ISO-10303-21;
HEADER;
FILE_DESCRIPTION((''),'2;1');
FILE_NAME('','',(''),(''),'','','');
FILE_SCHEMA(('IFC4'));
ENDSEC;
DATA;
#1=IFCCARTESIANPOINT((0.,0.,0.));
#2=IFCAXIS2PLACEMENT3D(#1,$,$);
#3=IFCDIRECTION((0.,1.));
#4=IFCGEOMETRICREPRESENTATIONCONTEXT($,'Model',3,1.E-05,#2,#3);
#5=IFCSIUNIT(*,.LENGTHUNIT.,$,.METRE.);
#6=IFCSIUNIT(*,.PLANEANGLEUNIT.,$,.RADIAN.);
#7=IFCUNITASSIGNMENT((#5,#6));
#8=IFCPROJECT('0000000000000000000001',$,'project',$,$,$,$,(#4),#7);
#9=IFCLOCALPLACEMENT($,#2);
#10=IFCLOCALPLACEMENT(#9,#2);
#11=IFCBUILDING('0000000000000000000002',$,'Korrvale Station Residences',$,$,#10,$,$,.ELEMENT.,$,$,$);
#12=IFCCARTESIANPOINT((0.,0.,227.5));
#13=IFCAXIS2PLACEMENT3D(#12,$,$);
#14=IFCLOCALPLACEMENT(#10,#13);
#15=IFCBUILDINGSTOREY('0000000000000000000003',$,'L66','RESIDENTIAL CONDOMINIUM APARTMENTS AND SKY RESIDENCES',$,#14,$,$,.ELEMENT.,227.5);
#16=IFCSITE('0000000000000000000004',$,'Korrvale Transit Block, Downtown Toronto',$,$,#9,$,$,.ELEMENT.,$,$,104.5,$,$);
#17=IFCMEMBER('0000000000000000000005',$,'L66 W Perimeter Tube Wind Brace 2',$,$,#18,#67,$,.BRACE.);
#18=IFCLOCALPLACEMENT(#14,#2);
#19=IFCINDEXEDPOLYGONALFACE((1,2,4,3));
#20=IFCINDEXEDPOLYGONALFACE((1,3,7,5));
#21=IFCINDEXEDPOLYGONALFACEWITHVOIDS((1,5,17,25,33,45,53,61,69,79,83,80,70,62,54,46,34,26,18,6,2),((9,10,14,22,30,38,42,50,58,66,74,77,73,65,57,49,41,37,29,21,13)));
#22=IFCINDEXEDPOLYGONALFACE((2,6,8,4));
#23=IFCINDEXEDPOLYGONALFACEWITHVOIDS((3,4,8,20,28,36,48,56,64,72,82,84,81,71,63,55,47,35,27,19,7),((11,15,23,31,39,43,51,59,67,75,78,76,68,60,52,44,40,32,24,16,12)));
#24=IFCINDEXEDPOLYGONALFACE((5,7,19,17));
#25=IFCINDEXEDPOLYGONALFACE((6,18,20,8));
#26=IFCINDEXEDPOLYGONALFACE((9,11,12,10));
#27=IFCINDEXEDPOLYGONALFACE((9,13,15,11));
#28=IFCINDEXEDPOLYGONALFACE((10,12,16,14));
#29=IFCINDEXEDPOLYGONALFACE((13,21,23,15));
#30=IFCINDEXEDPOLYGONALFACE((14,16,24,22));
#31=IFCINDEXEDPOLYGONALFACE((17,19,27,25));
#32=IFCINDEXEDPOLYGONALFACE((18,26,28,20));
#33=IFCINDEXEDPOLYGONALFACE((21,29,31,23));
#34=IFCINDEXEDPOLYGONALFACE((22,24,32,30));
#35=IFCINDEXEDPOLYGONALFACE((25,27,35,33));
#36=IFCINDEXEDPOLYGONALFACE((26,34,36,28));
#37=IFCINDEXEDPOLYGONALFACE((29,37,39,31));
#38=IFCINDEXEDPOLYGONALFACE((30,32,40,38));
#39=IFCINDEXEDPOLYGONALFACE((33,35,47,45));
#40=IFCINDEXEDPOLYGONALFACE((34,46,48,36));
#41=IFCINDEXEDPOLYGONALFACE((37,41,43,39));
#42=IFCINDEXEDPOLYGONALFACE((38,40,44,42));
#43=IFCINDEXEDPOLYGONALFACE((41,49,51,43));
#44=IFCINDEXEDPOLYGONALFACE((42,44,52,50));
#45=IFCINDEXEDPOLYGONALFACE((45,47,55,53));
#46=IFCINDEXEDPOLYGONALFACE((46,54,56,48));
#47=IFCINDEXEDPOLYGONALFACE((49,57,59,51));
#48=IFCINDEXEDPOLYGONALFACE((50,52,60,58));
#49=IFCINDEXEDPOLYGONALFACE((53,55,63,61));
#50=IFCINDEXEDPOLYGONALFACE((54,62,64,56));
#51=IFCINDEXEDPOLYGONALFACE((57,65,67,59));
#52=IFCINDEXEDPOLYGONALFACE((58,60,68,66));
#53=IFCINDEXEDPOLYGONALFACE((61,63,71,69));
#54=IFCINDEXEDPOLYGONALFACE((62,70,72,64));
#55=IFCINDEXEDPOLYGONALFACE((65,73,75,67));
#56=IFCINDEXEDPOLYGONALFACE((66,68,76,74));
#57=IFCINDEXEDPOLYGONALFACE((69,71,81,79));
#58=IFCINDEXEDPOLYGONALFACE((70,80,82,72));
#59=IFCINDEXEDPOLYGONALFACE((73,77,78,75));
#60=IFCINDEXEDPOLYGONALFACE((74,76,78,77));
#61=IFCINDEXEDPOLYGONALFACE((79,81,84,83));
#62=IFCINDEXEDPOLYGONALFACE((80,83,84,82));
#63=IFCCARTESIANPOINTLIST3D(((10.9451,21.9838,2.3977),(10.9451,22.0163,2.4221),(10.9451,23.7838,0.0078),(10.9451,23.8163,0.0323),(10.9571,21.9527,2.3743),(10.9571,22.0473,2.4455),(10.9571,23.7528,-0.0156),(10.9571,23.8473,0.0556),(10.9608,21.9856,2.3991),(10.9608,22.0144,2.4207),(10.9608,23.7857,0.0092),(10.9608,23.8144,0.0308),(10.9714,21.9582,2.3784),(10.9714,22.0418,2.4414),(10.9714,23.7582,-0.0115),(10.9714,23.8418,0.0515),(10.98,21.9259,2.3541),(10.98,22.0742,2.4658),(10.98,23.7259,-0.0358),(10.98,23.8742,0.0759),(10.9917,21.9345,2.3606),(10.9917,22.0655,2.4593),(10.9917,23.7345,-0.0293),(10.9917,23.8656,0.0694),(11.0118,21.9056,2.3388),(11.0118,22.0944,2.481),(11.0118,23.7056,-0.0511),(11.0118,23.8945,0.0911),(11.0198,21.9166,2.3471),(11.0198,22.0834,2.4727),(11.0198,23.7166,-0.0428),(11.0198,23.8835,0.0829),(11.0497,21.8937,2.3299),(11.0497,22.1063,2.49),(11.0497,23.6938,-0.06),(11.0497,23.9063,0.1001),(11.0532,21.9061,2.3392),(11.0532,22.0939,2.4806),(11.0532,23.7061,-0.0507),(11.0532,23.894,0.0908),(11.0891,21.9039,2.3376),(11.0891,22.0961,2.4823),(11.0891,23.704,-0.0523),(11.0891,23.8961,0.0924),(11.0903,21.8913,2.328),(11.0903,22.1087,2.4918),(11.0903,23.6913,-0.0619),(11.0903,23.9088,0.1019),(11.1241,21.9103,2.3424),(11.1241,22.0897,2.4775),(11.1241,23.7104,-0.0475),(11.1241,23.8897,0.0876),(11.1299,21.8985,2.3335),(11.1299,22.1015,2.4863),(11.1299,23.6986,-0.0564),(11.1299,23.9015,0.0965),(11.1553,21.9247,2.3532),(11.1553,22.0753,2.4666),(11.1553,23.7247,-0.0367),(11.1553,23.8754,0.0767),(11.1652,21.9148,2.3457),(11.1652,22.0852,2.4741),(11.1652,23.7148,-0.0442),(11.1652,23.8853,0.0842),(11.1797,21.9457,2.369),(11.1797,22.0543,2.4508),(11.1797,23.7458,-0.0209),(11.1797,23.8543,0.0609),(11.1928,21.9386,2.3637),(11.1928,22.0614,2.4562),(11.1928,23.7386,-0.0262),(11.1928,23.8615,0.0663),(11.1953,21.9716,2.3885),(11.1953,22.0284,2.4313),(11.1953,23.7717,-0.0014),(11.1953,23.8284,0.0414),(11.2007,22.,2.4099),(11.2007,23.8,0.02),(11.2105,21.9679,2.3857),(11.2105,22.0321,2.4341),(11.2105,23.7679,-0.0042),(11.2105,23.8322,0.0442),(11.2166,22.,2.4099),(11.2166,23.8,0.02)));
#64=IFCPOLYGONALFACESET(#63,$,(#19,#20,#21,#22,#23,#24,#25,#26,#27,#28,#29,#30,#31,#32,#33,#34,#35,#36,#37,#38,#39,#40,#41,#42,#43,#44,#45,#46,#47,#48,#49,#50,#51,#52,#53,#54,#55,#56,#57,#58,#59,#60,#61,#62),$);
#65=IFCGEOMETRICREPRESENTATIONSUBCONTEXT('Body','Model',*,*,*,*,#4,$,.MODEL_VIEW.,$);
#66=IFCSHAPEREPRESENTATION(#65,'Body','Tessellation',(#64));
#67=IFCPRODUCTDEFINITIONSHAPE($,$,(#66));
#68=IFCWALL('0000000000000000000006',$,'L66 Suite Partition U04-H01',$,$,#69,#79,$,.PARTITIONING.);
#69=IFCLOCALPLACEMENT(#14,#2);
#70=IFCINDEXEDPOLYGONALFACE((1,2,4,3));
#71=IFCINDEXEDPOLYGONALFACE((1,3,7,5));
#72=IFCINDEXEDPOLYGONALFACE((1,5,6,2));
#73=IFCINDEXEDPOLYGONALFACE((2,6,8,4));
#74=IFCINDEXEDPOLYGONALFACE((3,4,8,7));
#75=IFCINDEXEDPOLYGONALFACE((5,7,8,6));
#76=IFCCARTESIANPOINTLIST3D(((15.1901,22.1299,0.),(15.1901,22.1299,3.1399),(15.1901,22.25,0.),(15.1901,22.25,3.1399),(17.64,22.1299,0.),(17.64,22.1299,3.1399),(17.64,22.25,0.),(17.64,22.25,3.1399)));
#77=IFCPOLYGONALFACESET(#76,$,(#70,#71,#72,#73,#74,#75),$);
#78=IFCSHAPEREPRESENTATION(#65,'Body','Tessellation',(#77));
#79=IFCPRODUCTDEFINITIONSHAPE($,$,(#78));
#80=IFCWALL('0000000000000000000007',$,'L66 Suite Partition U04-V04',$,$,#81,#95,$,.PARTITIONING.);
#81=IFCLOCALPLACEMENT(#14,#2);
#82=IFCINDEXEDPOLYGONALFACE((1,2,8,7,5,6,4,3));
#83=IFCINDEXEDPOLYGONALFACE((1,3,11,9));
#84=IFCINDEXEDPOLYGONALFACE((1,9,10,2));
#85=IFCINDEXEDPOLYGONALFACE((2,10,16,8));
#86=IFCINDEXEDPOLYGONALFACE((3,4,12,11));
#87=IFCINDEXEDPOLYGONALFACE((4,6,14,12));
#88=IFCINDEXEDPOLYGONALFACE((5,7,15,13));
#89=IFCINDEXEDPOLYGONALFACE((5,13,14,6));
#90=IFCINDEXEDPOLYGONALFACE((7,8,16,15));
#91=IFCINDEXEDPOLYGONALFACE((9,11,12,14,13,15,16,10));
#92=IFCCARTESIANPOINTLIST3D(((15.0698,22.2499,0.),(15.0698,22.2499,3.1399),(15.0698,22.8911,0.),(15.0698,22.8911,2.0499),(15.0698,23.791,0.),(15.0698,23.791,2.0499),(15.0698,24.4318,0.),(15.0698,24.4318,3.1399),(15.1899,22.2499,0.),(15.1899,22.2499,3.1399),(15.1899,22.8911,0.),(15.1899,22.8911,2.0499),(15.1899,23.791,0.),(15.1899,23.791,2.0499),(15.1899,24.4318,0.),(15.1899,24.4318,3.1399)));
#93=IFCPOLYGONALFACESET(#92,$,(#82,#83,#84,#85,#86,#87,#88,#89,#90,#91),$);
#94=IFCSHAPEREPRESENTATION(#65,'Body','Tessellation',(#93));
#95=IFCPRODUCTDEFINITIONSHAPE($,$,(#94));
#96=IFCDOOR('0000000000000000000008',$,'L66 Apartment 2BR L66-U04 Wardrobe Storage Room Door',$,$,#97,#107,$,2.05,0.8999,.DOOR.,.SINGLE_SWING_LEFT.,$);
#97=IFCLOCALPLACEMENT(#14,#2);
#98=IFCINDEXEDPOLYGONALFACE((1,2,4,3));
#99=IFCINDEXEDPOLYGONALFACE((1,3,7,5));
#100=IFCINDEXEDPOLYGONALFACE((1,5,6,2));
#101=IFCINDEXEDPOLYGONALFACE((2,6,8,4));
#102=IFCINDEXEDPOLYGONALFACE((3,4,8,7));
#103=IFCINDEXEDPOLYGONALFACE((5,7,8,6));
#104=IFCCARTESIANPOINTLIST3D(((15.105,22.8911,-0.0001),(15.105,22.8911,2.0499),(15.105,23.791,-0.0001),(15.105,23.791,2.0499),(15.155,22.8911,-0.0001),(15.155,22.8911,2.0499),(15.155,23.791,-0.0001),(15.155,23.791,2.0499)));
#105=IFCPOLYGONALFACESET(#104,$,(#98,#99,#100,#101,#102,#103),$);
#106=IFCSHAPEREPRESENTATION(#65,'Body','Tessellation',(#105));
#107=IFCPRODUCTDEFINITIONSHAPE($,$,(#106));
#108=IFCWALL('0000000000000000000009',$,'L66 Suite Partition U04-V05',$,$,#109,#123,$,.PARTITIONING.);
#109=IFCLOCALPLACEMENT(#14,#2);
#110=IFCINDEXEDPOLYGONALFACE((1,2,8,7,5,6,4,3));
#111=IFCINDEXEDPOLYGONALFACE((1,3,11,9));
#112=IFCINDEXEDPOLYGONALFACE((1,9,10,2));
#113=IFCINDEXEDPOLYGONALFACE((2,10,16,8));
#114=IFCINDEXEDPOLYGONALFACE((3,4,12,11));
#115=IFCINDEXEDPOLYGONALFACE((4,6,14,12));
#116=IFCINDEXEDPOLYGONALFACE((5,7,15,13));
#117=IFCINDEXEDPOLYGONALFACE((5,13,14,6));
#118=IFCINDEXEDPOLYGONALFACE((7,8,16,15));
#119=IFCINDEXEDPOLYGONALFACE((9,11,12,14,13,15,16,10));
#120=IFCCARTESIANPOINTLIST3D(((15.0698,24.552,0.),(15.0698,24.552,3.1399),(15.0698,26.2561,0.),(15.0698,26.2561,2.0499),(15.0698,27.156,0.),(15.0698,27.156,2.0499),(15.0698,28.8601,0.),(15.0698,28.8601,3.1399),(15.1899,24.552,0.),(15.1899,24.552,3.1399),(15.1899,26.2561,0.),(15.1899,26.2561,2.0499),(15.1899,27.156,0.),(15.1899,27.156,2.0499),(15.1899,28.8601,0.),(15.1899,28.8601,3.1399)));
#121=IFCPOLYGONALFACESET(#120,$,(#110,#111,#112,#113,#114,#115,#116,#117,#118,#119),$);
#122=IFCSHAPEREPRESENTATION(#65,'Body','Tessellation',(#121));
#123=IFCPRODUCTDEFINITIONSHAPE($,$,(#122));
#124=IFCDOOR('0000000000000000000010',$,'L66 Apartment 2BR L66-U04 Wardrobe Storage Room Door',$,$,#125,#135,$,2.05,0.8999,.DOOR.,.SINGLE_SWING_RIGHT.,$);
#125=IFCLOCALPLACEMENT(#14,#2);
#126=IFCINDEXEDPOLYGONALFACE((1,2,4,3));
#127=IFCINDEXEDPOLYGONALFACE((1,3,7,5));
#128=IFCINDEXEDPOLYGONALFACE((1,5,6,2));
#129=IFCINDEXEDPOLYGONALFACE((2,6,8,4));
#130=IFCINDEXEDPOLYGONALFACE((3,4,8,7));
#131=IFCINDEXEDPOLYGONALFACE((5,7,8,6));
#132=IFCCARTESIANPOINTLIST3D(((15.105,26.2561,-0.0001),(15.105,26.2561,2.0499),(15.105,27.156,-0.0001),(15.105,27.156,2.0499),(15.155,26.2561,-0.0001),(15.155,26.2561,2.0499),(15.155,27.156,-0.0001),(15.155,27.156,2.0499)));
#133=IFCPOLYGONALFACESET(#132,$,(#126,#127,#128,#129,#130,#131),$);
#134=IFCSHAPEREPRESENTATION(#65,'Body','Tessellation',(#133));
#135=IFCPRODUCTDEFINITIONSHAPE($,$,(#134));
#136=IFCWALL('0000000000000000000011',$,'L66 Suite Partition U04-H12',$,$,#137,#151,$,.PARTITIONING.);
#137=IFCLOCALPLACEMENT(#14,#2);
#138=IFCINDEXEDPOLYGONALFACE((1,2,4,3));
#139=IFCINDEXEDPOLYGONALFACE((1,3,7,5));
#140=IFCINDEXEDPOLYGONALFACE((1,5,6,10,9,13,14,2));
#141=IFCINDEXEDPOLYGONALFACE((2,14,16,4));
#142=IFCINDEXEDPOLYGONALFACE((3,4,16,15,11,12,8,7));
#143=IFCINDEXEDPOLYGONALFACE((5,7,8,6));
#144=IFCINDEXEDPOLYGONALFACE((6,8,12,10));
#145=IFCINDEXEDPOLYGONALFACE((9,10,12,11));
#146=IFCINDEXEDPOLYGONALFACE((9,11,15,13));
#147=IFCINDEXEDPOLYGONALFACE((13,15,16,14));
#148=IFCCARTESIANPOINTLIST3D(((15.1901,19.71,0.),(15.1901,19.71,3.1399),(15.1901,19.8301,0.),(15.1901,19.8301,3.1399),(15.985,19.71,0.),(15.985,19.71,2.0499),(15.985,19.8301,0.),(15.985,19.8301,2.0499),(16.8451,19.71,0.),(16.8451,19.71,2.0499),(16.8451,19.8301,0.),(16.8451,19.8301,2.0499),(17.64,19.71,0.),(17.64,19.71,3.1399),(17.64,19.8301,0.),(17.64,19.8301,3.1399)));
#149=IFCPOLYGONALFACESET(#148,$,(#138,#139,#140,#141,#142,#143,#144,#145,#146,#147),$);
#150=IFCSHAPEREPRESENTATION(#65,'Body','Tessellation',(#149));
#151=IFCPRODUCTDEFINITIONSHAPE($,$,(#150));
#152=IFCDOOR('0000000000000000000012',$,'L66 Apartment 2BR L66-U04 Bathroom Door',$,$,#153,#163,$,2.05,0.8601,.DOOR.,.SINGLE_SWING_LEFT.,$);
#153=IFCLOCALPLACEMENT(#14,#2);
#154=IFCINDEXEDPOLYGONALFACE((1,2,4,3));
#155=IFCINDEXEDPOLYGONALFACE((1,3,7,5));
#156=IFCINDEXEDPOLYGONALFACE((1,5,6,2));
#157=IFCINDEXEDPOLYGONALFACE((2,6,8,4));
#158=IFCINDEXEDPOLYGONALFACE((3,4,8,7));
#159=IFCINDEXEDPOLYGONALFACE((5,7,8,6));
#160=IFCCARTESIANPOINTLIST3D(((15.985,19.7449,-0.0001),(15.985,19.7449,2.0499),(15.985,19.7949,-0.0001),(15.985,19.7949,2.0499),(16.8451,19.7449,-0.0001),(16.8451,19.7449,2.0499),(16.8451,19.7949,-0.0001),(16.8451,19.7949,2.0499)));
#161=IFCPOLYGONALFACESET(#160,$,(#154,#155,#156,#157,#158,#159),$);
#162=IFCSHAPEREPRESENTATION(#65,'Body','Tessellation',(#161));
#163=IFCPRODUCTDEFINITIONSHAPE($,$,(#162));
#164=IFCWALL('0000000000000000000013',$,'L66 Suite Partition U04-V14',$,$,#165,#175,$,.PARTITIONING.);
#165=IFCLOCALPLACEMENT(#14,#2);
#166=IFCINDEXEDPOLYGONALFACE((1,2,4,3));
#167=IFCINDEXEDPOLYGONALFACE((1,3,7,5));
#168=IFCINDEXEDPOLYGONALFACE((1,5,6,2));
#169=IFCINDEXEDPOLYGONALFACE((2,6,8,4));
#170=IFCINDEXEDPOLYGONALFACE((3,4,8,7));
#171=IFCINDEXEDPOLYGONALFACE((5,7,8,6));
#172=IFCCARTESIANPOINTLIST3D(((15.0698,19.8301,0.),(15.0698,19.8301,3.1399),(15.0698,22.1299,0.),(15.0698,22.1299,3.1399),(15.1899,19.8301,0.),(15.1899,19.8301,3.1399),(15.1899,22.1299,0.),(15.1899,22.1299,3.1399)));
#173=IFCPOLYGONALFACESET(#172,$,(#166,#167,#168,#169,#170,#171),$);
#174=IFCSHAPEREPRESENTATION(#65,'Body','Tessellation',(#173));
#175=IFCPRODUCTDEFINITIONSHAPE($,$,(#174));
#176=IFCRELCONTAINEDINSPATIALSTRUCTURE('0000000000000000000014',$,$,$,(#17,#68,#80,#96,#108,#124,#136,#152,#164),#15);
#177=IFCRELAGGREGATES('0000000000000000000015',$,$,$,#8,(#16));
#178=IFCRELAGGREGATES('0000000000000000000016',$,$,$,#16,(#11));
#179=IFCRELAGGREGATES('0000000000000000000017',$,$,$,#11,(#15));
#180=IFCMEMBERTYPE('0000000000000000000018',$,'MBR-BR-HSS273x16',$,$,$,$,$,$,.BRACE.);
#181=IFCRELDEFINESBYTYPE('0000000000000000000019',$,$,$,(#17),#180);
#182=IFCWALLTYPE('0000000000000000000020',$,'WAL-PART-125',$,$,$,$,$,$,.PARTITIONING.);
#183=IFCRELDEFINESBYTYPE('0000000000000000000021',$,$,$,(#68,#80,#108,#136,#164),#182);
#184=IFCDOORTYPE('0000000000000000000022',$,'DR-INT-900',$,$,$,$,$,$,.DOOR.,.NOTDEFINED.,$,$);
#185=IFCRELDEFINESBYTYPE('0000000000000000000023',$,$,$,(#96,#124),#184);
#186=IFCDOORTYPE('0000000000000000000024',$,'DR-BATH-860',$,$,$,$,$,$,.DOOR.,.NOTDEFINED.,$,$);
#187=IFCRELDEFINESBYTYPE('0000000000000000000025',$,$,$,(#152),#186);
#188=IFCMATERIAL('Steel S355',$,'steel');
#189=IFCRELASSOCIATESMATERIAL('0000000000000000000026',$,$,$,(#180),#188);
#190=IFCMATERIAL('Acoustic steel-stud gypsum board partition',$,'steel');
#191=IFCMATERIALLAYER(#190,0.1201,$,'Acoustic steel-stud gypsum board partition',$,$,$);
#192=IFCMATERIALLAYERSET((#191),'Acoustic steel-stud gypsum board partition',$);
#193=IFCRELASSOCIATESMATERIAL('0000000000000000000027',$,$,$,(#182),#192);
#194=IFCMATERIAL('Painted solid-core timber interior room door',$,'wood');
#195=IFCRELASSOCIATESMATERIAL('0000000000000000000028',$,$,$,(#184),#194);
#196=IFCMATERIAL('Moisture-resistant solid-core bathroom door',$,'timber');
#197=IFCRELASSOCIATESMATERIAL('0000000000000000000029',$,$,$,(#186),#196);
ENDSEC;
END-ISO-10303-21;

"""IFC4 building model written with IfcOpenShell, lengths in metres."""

from ifc_helpers import new_model, si_unit, direction, frame, frame_2d, origin, origin_2d, place, context, subcontext, project, spatial, rectangle, hollow_circle, extrude, material, layer, layer_set, material_profile, profile_set, type_object, element, fill, save


model = new_model("IFC4")

# Units and contexts
model_context = context("Model", 3, precision=1e-05, world=origin(), true_north=direction((0.0, 1.0)))
body_context = subcontext(model_context, "Body", "Model", "MODEL_VIEW")
ifc_project = project(units=[si_unit("LENGTHUNIT", "METRE"), si_unit("PLANEANGLEUNIT", "RADIAN")], contexts=[model_context])

# Site, building, storey
site_placement = place(None, origin())
site = spatial("IfcSite", under=ifc_project, at=site_placement, Name="Korrvale Transit Block, Downtown Toronto", CompositionType="ELEMENT", RefElevation=104.5)
building_placement = place(site_placement, origin())
building = spatial("IfcBuilding", under=site, at=building_placement, Name="Korrvale Station Residences", CompositionType="ELEMENT")
storey_placement = place(building_placement, frame((0.0, 0.0, 227.5)))
storey = spatial("IfcBuildingStorey", under=building, at=storey_placement, Name="L66", Description="RESIDENTIAL CONDOMINIUM APARTMENTS AND SKY RESIDENCES", CompositionType="ELEMENT", Elevation=227.5)

# Shared definitions
ifc_material_1 = material(Name="Steel S355", Category="steel")

# Member
ifc_material_profile_1 = material_profile(ifc_material_1, hollow_circle(Radius=0.1365, WallThickness=0.0159, at=origin_2d()), Name="HSS273x16")
ifc_profile_set_1 = profile_set([ifc_material_profile_1], Name="Steel S355")
member_type = type_object("IfcMemberType", Name="MBR-BR-HSS273x16", PredefinedType="BRACE", material=ifc_profile_set_1)
for number, where, z_axis, x_axis, name in (
    (1, (11.0801, 23.8, 0.02), (0.0, -0.601631, 0.798774), (1.0, 0.0, 0.0), "L66 W Perimeter Tube Wind Brace 2"),
):
    element("IfcMember", number, at=place(storey_placement, frame(where, z_axis=z_axis, x_axis=x_axis)), inside=storey, type_object=member_type, Name=name, PredefinedType="BRACE", context=body_context, shape_type="SweptSolid", body=[
        extrude(hollow_circle(Radius=0.1365, WallThickness=0.0159, at=origin_2d()), origin(), (0.0, 0.0, 1.0), 2.9919),
    ])

# Wall
ifc_material_2 = material(Name="Acoustic steel-stud gypsum board partition", Category="steel")
ifc_layer_1 = layer(ifc_material_2, 0.1201, Name="Acoustic steel-stud gypsum board partition")
ifc_layer_set_1 = layer_set([ifc_layer_1], Name="Acoustic steel-stud gypsum board partition")
wall_type_1 = type_object("IfcWallType", Name="WAL-PART-125", PredefinedType="PARTITIONING", material=ifc_layer_set_1)
wall_1_placement = place(storey_placement, frame((15.1899, 22.1899, 0.0), z_axis=(0.0, 0.0, 1.0), x_axis=(1.0, 0.0, 0.0)))
element("IfcWall", 2, at=wall_1_placement, inside=storey, type_object=wall_type_1, Name="L66 Suite Partition U04-H01", PredefinedType="PARTITIONING", context=body_context, shape_type="SweptSolid", body=[
    extrude(rectangle(XDim=2.45, YDim=0.1201, at=frame_2d((1.2251, 0.0))), origin(), (0.0, 0.0, 1.0), 3.1399),
])

# Walls, openings, doors
wall_2_placement = place(storey_placement, frame((15.1299, 22.25, 0.0), z_axis=(0.0, 0.0, 1.0), x_axis=(0.0, 1.0, 0.0)))
wall_2 = element("IfcWall", 3, at=wall_2_placement, inside=storey, type_object=wall_type_1, Name="L66 Suite Partition U04-V04", PredefinedType="PARTITIONING", context=body_context, shape_type="SweptSolid", body=[
    extrude(rectangle(XDim=2.1819, YDim=0.1201, at=frame_2d((1.0908, 0.0))), origin(), (0.0, 0.0, 1.0), 3.1399),
])
opening_1_placement = place(wall_2_placement, frame((0.6411, 0.0, 0.0)))
opening_1 = element("IfcOpeningElement", 4, at=opening_1_placement, cuts=wall_2, PredefinedType="OPENING", context=body_context, shape_type="SweptSolid", body=[
    extrude(rectangle(XDim=0.8999, YDim=2.05, at=frame_2d((0.45, 1.0249))), frame((0.0, 0.0701, 0.0), z_axis=(0.0, -1.0, 0.0), x_axis=(1.0, 0.0, 0.0)), (0.0, 0.0, 1.0), 0.1401),
])
ifc_material_3 = material(Name="Painted solid-core timber interior room door", Category="wood")
door_type_1 = type_object("IfcDoorType", Name="DR-INT-900", OperationType="NOTDEFINED", PredefinedType="DOOR", material=ifc_material_3)
door_1_placement = place(opening_1_placement, origin())
door_1 = element("IfcDoor", 5, at=door_1_placement, inside=storey, type_object=door_type_1, Name="L66 Apartment 2BR L66-U04 Wardrobe Storage Room Door", OperationType="SINGLE_SWING_LEFT", OverallHeight=2.05, OverallWidth=0.8999, PredefinedType="DOOR", context=body_context, shape_type="SweptSolid", body=[
    extrude(rectangle(XDim=0.8999, YDim=2.05, at=frame_2d((0.45, 1.0249))), frame((0.0, 0.0249, 0.0), z_axis=(0.0, -1.0, 0.0), x_axis=(1.0, 0.0, 0.0)), (0.0, 0.0, 1.0), 0.05),
])
fill(opening_1, door_1)
wall_3_placement = place(storey_placement, frame((15.1299, 24.552, 0.0), z_axis=(0.0, 0.0, 1.0), x_axis=(0.0, 1.0, 0.0)))
wall_3 = element("IfcWall", 6, at=wall_3_placement, inside=storey, type_object=wall_type_1, Name="L66 Suite Partition U04-V05", PredefinedType="PARTITIONING", context=body_context, shape_type="SweptSolid", body=[
    extrude(rectangle(XDim=4.3081, YDim=0.1201, at=frame_2d((2.1541, 0.0))), origin(), (0.0, 0.0, 1.0), 3.1399),
])
opening_2_placement = place(wall_3_placement, frame((1.7041, 0.0, 0.0)))
opening_2 = element("IfcOpeningElement", 7, at=opening_2_placement, cuts=wall_3, PredefinedType="OPENING", context=body_context, shape_type="SweptSolid", body=[
    extrude(rectangle(XDim=0.8999, YDim=2.05, at=frame_2d((0.45, 1.0249))), frame((0.0, 0.0701, 0.0), z_axis=(0.0, -1.0, 0.0), x_axis=(1.0, 0.0, 0.0)), (0.0, 0.0, 1.0), 0.1401),
])
door_2_placement = place(opening_2_placement, origin())
door_2 = element("IfcDoor", 8, at=door_2_placement, inside=storey, type_object=door_type_1, Name="L66 Apartment 2BR L66-U04 Wardrobe Storage Room Door", OperationType="SINGLE_SWING_RIGHT", OverallHeight=2.05, OverallWidth=0.8999, PredefinedType="DOOR", context=body_context, shape_type="SweptSolid", body=[
    extrude(rectangle(XDim=0.8999, YDim=2.05, at=frame_2d((0.45, 1.0249))), frame((0.0, 0.0249, 0.0), z_axis=(0.0, -1.0, 0.0), x_axis=(1.0, 0.0, 0.0)), (0.0, 0.0, 1.0), 0.05),
])
fill(opening_2, door_2)
wall_4_placement = place(storey_placement, frame((15.1899, 19.77, 0.0), z_axis=(0.0, 0.0, 1.0), x_axis=(1.0, 0.0, 0.0)))
wall_4 = element("IfcWall", 9, at=wall_4_placement, inside=storey, type_object=wall_type_1, Name="L66 Suite Partition U04-H12", PredefinedType="PARTITIONING", context=body_context, shape_type="SweptSolid", body=[
    extrude(rectangle(XDim=2.45, YDim=0.1201, at=frame_2d((1.2251, 0.0))), origin(), (0.0, 0.0, 1.0), 3.1399),
])
opening_3_placement = place(wall_4_placement, frame((0.7949, 0.0, 0.0)))
opening_3 = element("IfcOpeningElement", 10, at=opening_3_placement, cuts=wall_4, PredefinedType="OPENING", context=body_context, shape_type="SweptSolid", body=[
    extrude(rectangle(XDim=0.8601, YDim=2.05, at=frame_2d((0.4302, 1.0249))), frame((0.0, 0.0701, 0.0), z_axis=(0.0, -1.0, 0.0), x_axis=(1.0, 0.0, 0.0)), (0.0, 0.0, 1.0), 0.1401),
])
ifc_material_4 = material(Name="Moisture-resistant solid-core bathroom door", Category="timber")
door_type_2 = type_object("IfcDoorType", Name="DR-BATH-860", OperationType="NOTDEFINED", PredefinedType="DOOR", material=ifc_material_4)
door_3_placement = place(opening_3_placement, origin())
door_3 = element("IfcDoor", 11, at=door_3_placement, inside=storey, type_object=door_type_2, Name="L66 Apartment 2BR L66-U04 Bathroom Door", OperationType="SINGLE_SWING_LEFT", OverallHeight=2.05, OverallWidth=0.8601, PredefinedType="DOOR", context=body_context, shape_type="SweptSolid", body=[
    extrude(rectangle(XDim=0.8601, YDim=2.05, at=frame_2d((0.4302, 1.0249))), frame((0.0, 0.0249, 0.0), z_axis=(0.0, -1.0, 0.0), x_axis=(1.0, 0.0, 0.0)), (0.0, 0.0, 1.0), 0.05),
])
fill(opening_3, door_3)

# Wall
wall_5_placement = place(storey_placement, frame((15.1299, 19.8301, 0.0), z_axis=(0.0, 0.0, 1.0), x_axis=(0.0, 1.0, 0.0)))
element("IfcWall", 12, at=wall_5_placement, inside=storey, type_object=wall_type_1, Name="L66 Suite Partition U04-V14", PredefinedType="PARTITIONING", context=body_context, shape_type="SweptSolid", body=[
    extrude(rectangle(XDim=2.2998, YDim=0.1201, at=frame_2d((1.1499, 0.0))), origin(), (0.0, 0.0, 1.0), 3.1399),
])

save(model, "model.ifc")
